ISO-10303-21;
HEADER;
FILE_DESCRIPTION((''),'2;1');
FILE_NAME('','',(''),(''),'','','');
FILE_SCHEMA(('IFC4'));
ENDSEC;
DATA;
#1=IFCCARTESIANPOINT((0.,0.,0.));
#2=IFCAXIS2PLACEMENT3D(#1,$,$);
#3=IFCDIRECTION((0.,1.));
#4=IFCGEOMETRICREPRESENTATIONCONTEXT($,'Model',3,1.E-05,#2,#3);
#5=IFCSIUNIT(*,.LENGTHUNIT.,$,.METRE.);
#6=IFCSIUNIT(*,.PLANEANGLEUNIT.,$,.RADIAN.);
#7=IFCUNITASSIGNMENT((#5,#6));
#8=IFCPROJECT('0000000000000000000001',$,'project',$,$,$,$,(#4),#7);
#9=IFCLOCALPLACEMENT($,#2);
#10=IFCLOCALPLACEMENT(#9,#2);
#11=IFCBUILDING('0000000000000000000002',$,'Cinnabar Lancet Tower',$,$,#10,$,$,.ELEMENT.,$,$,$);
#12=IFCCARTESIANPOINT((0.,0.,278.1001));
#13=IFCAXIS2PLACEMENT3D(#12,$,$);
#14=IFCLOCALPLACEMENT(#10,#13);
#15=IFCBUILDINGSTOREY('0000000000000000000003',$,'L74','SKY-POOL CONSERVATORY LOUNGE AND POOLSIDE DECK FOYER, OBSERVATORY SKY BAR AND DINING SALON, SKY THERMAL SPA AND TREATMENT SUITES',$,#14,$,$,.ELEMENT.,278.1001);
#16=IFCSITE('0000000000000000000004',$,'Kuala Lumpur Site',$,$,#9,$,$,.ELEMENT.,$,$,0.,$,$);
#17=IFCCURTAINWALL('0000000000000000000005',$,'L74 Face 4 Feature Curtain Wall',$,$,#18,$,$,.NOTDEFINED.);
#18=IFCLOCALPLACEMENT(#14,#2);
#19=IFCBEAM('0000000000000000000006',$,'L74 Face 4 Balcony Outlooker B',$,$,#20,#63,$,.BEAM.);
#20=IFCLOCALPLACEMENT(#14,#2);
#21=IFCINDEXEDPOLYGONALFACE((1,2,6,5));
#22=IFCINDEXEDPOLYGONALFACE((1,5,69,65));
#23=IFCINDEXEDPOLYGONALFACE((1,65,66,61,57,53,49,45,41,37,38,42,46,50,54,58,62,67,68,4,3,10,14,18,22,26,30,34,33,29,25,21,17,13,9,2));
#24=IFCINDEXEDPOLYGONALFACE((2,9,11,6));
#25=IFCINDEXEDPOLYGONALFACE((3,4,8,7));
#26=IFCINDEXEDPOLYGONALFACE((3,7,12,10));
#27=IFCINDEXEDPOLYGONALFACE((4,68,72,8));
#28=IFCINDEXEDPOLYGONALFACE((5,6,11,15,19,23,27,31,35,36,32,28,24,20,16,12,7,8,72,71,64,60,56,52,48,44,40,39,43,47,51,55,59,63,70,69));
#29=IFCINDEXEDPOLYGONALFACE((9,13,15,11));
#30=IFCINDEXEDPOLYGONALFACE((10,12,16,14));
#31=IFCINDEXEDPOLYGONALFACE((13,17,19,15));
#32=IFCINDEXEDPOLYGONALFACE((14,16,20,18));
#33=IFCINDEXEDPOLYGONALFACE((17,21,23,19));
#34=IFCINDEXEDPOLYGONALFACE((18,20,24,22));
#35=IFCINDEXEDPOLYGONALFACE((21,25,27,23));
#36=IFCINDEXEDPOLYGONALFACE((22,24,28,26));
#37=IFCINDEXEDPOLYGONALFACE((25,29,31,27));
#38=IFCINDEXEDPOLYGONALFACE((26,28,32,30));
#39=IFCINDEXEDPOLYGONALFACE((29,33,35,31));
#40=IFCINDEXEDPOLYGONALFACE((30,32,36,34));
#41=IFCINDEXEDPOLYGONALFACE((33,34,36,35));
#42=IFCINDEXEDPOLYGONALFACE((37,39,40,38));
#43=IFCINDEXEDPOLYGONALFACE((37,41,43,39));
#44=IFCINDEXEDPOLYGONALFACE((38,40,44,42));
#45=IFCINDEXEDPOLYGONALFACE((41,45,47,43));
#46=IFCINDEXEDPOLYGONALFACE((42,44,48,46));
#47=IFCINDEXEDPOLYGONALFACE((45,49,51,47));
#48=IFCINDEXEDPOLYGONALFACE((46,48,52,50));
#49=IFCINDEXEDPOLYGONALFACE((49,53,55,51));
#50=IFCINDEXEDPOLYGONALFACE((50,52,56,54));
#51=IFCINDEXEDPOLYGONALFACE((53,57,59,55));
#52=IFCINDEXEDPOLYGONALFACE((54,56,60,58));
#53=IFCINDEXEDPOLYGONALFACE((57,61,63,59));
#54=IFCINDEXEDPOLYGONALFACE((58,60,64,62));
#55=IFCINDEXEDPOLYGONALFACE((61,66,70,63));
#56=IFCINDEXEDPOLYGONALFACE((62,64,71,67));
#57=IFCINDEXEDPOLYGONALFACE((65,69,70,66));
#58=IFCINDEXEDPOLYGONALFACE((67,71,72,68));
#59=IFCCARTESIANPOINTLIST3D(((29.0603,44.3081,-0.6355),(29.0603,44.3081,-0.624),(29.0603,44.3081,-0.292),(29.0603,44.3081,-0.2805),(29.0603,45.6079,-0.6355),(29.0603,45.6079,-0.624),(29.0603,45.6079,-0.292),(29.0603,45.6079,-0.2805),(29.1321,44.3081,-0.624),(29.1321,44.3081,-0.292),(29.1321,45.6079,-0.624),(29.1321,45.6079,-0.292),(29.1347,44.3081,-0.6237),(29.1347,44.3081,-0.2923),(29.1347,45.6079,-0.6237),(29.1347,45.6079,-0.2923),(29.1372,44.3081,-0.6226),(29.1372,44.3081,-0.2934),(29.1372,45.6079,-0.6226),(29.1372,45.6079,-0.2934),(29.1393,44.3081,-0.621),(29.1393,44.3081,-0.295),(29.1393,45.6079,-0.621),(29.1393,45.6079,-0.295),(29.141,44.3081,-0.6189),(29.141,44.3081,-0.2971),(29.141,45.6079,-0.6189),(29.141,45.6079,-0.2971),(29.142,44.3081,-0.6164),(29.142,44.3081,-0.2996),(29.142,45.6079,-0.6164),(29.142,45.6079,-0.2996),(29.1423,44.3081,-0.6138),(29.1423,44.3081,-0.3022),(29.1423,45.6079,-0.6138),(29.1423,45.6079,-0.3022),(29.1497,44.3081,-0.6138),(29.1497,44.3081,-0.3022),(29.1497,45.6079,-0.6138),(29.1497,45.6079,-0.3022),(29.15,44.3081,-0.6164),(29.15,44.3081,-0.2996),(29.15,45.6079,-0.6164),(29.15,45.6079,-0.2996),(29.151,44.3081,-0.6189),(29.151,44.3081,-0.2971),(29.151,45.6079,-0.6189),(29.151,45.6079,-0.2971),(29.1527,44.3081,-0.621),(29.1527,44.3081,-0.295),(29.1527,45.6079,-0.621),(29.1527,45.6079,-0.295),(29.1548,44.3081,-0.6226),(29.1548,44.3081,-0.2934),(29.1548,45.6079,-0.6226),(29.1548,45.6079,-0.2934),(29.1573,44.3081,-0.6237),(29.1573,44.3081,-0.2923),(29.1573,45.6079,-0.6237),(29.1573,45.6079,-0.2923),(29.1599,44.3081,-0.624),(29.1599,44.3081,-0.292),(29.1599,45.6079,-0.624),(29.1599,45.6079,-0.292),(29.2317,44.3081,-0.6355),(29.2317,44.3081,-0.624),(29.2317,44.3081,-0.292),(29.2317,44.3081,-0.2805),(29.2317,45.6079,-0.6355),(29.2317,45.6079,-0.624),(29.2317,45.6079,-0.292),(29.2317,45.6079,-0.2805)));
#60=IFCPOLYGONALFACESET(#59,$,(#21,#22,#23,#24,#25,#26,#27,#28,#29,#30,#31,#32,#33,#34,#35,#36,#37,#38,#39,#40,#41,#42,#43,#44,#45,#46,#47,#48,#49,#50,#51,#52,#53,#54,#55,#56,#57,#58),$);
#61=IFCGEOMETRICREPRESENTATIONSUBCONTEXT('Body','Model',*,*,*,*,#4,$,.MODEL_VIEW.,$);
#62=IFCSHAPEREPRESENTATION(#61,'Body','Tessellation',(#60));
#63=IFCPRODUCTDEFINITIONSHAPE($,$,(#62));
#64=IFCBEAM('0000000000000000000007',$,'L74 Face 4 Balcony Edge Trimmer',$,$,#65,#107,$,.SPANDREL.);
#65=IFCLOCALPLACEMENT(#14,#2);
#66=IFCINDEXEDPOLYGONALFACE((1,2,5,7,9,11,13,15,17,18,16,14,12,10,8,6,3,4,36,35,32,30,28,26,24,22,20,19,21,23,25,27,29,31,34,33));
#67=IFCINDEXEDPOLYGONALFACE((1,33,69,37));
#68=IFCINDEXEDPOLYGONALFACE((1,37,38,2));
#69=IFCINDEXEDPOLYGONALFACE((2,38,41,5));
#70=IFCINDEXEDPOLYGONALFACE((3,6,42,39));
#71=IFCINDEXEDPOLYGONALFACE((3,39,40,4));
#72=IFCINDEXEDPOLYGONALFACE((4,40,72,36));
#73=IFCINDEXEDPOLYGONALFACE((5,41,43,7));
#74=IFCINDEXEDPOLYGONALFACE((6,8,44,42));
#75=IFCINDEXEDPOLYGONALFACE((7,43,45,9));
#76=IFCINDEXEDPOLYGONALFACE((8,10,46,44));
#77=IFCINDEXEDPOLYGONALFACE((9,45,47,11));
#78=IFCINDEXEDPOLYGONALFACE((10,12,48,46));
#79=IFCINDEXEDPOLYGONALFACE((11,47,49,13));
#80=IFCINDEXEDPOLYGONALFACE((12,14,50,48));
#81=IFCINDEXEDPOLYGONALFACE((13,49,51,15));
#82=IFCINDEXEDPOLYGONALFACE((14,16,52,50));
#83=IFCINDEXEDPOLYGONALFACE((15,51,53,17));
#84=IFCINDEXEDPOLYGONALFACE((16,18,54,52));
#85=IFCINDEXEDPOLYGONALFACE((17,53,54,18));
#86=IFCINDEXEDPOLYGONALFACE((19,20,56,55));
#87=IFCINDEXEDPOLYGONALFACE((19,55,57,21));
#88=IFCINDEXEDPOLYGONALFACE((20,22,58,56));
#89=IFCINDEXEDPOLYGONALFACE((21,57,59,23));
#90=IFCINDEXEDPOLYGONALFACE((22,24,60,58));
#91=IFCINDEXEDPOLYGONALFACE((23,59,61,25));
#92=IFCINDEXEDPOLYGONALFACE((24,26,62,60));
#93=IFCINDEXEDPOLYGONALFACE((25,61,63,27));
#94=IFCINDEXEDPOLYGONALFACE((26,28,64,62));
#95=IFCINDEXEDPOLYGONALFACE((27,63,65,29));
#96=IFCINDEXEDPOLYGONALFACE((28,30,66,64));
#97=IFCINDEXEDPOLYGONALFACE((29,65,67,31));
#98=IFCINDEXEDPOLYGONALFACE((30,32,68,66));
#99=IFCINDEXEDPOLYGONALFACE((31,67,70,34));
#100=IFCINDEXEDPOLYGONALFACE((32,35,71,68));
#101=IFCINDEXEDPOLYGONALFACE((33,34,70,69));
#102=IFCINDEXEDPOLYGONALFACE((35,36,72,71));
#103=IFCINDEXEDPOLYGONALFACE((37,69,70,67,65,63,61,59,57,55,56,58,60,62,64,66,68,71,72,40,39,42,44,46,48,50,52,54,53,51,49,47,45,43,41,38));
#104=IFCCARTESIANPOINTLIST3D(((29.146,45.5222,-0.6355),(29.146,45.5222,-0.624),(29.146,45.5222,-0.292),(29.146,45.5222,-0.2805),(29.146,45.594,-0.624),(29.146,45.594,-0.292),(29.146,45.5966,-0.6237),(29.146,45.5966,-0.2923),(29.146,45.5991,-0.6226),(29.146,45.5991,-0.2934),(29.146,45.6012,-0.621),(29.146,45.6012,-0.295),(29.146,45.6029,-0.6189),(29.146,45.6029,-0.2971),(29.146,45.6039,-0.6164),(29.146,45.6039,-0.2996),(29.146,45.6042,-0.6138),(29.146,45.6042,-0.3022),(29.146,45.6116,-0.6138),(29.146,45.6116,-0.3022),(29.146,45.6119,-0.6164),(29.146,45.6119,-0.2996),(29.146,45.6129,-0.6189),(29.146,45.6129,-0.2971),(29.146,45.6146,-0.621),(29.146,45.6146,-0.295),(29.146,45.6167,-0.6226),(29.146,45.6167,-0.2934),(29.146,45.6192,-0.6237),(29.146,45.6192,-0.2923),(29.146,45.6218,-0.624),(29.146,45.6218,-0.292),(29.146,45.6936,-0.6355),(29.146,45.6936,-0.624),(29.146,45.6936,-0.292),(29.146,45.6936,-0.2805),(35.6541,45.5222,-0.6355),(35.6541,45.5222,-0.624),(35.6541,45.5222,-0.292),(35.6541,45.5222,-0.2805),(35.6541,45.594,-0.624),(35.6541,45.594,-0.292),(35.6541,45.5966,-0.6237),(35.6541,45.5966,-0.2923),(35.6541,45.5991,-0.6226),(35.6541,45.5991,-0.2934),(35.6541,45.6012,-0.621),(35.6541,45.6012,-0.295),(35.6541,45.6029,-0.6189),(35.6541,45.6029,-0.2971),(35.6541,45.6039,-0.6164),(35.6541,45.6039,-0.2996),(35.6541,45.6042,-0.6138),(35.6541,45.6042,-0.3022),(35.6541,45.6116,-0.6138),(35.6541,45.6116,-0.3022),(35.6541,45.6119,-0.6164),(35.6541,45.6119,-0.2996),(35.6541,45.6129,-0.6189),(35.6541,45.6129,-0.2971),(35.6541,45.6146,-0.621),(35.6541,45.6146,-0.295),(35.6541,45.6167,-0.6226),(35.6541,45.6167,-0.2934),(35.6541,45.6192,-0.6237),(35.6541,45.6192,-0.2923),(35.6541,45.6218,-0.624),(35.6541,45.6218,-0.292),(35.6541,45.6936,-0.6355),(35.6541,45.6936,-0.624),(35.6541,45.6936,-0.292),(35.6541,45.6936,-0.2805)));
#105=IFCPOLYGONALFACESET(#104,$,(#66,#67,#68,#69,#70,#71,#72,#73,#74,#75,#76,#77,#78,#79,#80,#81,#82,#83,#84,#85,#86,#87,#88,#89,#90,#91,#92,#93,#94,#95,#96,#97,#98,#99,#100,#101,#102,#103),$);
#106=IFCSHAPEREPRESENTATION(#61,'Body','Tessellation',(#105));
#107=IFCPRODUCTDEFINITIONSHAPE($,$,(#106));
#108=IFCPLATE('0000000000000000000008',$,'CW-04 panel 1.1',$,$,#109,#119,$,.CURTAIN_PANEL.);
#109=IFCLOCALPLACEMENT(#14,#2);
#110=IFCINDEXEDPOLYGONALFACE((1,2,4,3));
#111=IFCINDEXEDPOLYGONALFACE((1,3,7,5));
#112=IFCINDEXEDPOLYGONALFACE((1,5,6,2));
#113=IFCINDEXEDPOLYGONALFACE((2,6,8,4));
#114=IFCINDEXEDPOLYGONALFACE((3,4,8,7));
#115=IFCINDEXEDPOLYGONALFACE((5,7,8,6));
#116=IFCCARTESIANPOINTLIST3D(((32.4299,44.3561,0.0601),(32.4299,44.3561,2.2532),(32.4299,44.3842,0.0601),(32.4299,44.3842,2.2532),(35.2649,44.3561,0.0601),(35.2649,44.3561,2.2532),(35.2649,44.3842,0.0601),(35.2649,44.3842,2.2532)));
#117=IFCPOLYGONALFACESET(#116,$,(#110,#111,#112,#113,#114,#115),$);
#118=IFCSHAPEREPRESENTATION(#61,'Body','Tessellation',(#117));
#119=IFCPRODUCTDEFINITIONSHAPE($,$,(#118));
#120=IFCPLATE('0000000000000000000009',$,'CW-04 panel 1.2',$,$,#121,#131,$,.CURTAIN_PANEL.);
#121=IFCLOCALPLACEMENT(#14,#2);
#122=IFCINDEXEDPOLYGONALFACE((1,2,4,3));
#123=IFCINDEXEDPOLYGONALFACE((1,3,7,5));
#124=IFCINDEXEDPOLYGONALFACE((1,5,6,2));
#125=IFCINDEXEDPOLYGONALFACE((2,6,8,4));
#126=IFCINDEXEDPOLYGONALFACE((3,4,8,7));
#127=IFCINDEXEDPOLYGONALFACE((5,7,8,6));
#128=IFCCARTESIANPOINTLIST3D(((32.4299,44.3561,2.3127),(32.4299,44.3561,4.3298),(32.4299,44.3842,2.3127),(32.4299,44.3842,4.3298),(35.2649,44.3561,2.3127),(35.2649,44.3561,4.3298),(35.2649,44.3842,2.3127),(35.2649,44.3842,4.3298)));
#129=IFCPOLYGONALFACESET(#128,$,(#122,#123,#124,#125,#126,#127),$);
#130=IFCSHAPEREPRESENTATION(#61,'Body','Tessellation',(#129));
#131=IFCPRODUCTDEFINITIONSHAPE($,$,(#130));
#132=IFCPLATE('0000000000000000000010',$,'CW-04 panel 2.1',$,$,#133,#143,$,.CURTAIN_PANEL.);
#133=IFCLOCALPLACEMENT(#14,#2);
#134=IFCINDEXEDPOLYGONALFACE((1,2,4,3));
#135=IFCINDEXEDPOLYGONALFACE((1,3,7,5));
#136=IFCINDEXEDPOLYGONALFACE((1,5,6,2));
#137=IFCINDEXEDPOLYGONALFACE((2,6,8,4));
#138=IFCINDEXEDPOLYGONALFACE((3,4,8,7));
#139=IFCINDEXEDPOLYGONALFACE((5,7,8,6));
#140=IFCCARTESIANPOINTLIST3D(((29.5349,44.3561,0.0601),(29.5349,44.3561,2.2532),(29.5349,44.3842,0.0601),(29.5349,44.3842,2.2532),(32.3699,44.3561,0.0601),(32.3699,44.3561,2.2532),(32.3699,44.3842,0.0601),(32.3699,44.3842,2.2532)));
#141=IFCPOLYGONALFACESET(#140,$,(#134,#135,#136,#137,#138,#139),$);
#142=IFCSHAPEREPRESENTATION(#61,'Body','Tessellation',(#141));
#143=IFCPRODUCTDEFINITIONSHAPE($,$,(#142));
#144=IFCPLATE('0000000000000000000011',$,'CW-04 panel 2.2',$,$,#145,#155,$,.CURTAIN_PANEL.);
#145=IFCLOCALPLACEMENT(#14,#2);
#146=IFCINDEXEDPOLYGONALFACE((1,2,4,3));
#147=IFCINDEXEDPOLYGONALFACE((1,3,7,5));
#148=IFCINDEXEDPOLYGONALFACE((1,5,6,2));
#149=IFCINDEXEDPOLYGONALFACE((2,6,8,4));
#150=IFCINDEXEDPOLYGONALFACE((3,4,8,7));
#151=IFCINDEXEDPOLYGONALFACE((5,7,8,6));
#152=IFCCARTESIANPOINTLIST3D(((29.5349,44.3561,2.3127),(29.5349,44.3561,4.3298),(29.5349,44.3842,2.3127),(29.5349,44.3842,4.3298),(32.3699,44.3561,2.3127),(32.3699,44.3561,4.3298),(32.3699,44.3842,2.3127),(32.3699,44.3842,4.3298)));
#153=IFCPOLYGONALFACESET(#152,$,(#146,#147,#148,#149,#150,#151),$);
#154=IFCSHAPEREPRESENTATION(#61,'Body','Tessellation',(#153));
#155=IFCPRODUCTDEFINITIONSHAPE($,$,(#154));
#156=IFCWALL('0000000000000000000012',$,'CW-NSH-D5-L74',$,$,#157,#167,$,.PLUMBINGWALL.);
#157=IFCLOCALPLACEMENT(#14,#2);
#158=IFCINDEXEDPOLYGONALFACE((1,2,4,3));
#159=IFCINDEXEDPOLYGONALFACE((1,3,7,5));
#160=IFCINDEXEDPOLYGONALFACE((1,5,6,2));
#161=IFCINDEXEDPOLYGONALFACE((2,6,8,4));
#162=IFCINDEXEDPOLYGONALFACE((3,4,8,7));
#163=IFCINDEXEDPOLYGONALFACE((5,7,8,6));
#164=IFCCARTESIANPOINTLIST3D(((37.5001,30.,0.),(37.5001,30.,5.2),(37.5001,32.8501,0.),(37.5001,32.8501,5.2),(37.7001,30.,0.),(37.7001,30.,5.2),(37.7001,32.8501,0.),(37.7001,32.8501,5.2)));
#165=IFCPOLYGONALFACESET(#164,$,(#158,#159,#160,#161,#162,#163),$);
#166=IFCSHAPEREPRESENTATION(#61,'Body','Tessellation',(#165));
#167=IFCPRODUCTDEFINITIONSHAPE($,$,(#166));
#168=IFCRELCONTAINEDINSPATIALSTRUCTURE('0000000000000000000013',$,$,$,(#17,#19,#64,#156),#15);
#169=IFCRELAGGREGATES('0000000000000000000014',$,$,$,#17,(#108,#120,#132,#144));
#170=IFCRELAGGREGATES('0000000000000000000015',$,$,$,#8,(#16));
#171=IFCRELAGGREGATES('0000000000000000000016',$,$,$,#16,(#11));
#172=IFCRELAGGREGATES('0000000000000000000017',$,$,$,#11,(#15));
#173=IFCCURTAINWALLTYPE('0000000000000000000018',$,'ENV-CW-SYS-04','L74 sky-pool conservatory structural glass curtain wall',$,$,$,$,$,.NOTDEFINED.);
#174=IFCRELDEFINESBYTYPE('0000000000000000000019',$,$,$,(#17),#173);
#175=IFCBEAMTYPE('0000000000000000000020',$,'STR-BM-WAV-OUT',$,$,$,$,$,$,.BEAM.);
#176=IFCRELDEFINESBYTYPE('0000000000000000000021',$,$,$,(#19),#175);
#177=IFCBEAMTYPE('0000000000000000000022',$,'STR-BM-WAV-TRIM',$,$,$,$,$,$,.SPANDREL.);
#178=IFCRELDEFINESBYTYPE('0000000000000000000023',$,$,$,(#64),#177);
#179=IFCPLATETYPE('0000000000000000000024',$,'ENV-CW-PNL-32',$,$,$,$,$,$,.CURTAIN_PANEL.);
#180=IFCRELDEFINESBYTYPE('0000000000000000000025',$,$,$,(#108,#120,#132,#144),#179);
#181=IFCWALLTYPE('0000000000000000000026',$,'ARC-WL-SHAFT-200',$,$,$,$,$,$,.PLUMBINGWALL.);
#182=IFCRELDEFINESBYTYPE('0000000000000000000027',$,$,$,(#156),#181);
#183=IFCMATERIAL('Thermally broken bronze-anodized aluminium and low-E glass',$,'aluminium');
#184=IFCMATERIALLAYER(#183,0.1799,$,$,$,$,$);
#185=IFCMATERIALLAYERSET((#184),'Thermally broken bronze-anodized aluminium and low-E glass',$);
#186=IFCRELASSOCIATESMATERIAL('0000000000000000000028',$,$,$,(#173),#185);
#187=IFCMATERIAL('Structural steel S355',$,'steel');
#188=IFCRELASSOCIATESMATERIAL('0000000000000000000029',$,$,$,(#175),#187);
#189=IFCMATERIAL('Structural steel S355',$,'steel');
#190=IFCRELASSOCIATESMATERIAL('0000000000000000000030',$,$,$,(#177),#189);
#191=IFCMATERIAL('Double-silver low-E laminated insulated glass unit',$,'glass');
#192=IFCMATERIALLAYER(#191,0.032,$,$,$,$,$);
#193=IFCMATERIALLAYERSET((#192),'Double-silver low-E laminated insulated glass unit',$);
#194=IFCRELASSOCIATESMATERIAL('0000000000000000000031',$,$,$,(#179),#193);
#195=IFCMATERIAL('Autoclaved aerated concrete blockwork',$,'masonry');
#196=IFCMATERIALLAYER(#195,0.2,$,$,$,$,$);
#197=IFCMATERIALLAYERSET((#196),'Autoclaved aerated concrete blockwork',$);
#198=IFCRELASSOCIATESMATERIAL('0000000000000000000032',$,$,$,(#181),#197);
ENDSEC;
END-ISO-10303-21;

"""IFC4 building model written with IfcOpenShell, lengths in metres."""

from ifc_helpers import new_model, si_unit, direction, frame, frame_2d, origin, origin_2d, place, context, subcontext, project, spatial, rectangle, i_section, extrude, material, layer, layer_set, material_profile, profile_set, type_object, element, aggregate, save


model = new_model("IFC4")

# Units and contexts
model_context = context("Model", 3, precision=1e-05, world=origin(), true_north=direction((0.0, 1.0)))
body_context = subcontext(model_context, "Body", "Model", "MODEL_VIEW")
ifc_project = project(units=[si_unit("LENGTHUNIT", "METRE"), si_unit("PLANEANGLEUNIT", "RADIAN")], contexts=[model_context])

# Site, building, storey
site_placement = place(None, origin())
site = spatial("IfcSite", under=ifc_project, at=site_placement, Name="Kuala Lumpur Site", CompositionType="ELEMENT", RefElevation=0.0)
building_placement = place(site_placement, origin())
building = spatial("IfcBuilding", under=site, at=building_placement, Name="Cinnabar Lancet Tower", CompositionType="ELEMENT")
storey_placement = place(building_placement, frame((0.0, 0.0, 278.1001)))
storey = spatial("IfcBuildingStorey", under=building, at=storey_placement, Name="L74", Description="SKY-POOL CONSERVATORY LOUNGE AND POOLSIDE DECK FOYER, OBSERVATORY SKY BAR AND DINING SALON, SKY THERMAL SPA AND TREATMENT SUITES", CompositionType="ELEMENT", Elevation=278.1001)

# Curtain wall
ifc_material_1 = material(Name="Thermally broken bronze-anodized aluminium and low-E glass", Category="aluminium")
ifc_layer_1 = layer(ifc_material_1, 0.1799)
ifc_layer_set_1 = layer_set([ifc_layer_1], Name="Thermally broken bronze-anodized aluminium and low-E glass")
curtain_wall_type = type_object("IfcCurtainWallType", Name="ENV-CW-SYS-04", Description="L74 sky-pool conservatory structural glass curtain wall", PredefinedType="NOTDEFINED", material=ifc_layer_set_1)
curtain_wall_placement = place(storey_placement, origin())
curtain_wall = element("IfcCurtainWall", 1, at=curtain_wall_placement, inside=storey, type_object=curtain_wall_type, Name="L74 Face 4 Feature Curtain Wall", PredefinedType="NOTDEFINED")

# Beams
ifc_material_2 = material(Name="Structural steel S355", Category="steel")
ifc_material_profile_1 = material_profile(ifc_material_2, i_section(OverallWidth=0.1714, OverallDepth=0.355, WebThickness=0.0073, FlangeThickness=0.0115, FilletRadius=0.0103, at=origin_2d()), Name="UKB 356x171x51")
ifc_profile_set_1 = profile_set([ifc_material_profile_1], Name="Structural steel S355")
beam_type_1 = type_object("IfcBeamType", Name="STR-BM-WAV-OUT", PredefinedType="BEAM", material=ifc_profile_set_1)
for number, where, z_axis, x_axis, name in (
    (2, (29.146, 44.3081, -0.458), (0.0, 1.0, 0.0), (-1.0, 0.0, 0.0), "L74 Face 4 Balcony Outlooker B"),
):
    element("IfcBeam", number, at=place(storey_placement, frame(where, z_axis=z_axis, x_axis=x_axis)), inside=storey, type_object=beam_type_1, Name=name, PredefinedType="BEAM", context=body_context, shape_type="SweptSolid", body=[
        extrude(i_section(OverallWidth=0.1714, OverallDepth=0.355, WebThickness=0.0073, FlangeThickness=0.0115, FilletRadius=0.0103, at=origin_2d()), origin(), (0.0, 0.0, 1.0), 1.2998),
    ])
ifc_material_3 = material(Name="Structural steel S355", Category="steel")
ifc_material_profile_2 = material_profile(ifc_material_3, i_section(OverallWidth=0.1714, OverallDepth=0.355, WebThickness=0.0073, FlangeThickness=0.0115, FilletRadius=0.0103, at=origin_2d()), Name="UKB 356x171x51")
ifc_profile_set_2 = profile_set([ifc_material_profile_2], Name="Structural steel S355")
beam_type_2 = type_object("IfcBeamType", Name="STR-BM-WAV-TRIM", PredefinedType="SPANDREL", material=ifc_profile_set_2)
beam_1_placement = place(storey_placement, frame((35.6541, 45.6079, -0.458), z_axis=(-1.0, 0.0, 0.0), x_axis=(0.0, -1.0, 0.0)))
element("IfcBeam", 3, at=beam_1_placement, inside=storey, type_object=beam_type_2, Name="L74 Face 4 Balcony Edge Trimmer", PredefinedType="SPANDREL", context=body_context, shape_type="SweptSolid", body=[
    extrude(i_section(OverallWidth=0.1714, OverallDepth=0.355, WebThickness=0.0073, FlangeThickness=0.0115, FilletRadius=0.0103, at=origin_2d()), origin(), (0.0, 0.0, 1.0), 6.5081),
])

# Plates
ifc_material_4 = material(Name="Double-silver low-E laminated insulated glass unit", Category="glass")
ifc_layer_2 = layer(ifc_material_4, 0.032)
ifc_layer_set_2 = layer_set([ifc_layer_2], Name="Double-silver low-E laminated insulated glass unit")
plate_type = type_object("IfcPlateType", Name="ENV-CW-PNL-32", PredefinedType="CURTAIN_PANEL", material=ifc_layer_set_2)
plate_1_placement = place(storey_placement, frame((33.8474, 44.3701, 0.0601), z_axis=(0.0, 0.0, 1.0), x_axis=(-1.0, 0.0, 0.0)))
plate_1 = element("IfcPlate", 4, at=plate_1_placement, type_object=plate_type, Name="CW-04 panel 1.1", PredefinedType="CURTAIN_PANEL", context=body_context, shape_type="SweptSolid", body=[
    extrude(rectangle(XDim=2.835, YDim=0.0281, at=origin_2d()), origin(), (0.0, 0.0, 1.0), 2.1931),
])
plate_2_placement = place(storey_placement, frame((33.8474, 44.3701, 2.3127), z_axis=(0.0, 0.0, 1.0), x_axis=(-1.0, 0.0, 0.0)))
plate_2 = element("IfcPlate", 5, at=plate_2_placement, type_object=plate_type, Name="CW-04 panel 1.2", PredefinedType="CURTAIN_PANEL", context=body_context, shape_type="SweptSolid", body=[
    extrude(rectangle(XDim=2.835, YDim=0.0281, at=origin_2d()), origin(), (0.0, 0.0, 1.0), 2.0171),
])
plate_3_placement = place(storey_placement, frame((30.9524, 44.3701, 0.0601), z_axis=(0.0, 0.0, 1.0), x_axis=(-1.0, 0.0, 0.0)))
plate_3 = element("IfcPlate", 6, at=plate_3_placement, type_object=plate_type, Name="CW-04 panel 2.1", PredefinedType="CURTAIN_PANEL", context=body_context, shape_type="SweptSolid", body=[
    extrude(rectangle(XDim=2.835, YDim=0.0281, at=origin_2d()), origin(), (0.0, 0.0, 1.0), 2.1931),
])
plate_4_placement = place(storey_placement, frame((30.9524, 44.3701, 2.3127), z_axis=(0.0, 0.0, 1.0), x_axis=(-1.0, 0.0, 0.0)))
plate_4 = element("IfcPlate", 7, at=plate_4_placement, type_object=plate_type, Name="CW-04 panel 2.2", PredefinedType="CURTAIN_PANEL", context=body_context, shape_type="SweptSolid", body=[
    extrude(rectangle(XDim=2.835, YDim=0.0281, at=origin_2d()), origin(), (0.0, 0.0, 1.0), 2.0171),
])
aggregate(curtain_wall, [plate_1, plate_2, plate_3, plate_4])

# Wall
ifc_material_5 = material(Name="Autoclaved aerated concrete blockwork", Category="masonry")
ifc_layer_3 = layer(ifc_material_5, 0.2)
ifc_layer_set_3 = layer_set([ifc_layer_3], Name="Autoclaved aerated concrete blockwork")
wall_type_1 = type_object("IfcWallType", Name="ARC-WL-SHAFT-200", PredefinedType="PLUMBINGWALL", material=ifc_layer_set_3)
wall_1_placement = place(storey_placement, frame((37.6001, 30.0, 0.0), z_axis=(0.0, 0.0, 1.0), x_axis=(0.0, 1.0, 0.0)))
element("IfcWall", 8, at=wall_1_placement, inside=storey, type_object=wall_type_1, Name="CW-NSH-D5-L74", PredefinedType="PLUMBINGWALL", context=body_context, shape_type="SweptSolid", body=[
    extrude(rectangle(XDim=2.8501, YDim=0.2, at=frame_2d((1.425, 0.0))), origin(), (0.0, 0.0, 1.0), 5.2),
])

save(model, "model.ifc")
